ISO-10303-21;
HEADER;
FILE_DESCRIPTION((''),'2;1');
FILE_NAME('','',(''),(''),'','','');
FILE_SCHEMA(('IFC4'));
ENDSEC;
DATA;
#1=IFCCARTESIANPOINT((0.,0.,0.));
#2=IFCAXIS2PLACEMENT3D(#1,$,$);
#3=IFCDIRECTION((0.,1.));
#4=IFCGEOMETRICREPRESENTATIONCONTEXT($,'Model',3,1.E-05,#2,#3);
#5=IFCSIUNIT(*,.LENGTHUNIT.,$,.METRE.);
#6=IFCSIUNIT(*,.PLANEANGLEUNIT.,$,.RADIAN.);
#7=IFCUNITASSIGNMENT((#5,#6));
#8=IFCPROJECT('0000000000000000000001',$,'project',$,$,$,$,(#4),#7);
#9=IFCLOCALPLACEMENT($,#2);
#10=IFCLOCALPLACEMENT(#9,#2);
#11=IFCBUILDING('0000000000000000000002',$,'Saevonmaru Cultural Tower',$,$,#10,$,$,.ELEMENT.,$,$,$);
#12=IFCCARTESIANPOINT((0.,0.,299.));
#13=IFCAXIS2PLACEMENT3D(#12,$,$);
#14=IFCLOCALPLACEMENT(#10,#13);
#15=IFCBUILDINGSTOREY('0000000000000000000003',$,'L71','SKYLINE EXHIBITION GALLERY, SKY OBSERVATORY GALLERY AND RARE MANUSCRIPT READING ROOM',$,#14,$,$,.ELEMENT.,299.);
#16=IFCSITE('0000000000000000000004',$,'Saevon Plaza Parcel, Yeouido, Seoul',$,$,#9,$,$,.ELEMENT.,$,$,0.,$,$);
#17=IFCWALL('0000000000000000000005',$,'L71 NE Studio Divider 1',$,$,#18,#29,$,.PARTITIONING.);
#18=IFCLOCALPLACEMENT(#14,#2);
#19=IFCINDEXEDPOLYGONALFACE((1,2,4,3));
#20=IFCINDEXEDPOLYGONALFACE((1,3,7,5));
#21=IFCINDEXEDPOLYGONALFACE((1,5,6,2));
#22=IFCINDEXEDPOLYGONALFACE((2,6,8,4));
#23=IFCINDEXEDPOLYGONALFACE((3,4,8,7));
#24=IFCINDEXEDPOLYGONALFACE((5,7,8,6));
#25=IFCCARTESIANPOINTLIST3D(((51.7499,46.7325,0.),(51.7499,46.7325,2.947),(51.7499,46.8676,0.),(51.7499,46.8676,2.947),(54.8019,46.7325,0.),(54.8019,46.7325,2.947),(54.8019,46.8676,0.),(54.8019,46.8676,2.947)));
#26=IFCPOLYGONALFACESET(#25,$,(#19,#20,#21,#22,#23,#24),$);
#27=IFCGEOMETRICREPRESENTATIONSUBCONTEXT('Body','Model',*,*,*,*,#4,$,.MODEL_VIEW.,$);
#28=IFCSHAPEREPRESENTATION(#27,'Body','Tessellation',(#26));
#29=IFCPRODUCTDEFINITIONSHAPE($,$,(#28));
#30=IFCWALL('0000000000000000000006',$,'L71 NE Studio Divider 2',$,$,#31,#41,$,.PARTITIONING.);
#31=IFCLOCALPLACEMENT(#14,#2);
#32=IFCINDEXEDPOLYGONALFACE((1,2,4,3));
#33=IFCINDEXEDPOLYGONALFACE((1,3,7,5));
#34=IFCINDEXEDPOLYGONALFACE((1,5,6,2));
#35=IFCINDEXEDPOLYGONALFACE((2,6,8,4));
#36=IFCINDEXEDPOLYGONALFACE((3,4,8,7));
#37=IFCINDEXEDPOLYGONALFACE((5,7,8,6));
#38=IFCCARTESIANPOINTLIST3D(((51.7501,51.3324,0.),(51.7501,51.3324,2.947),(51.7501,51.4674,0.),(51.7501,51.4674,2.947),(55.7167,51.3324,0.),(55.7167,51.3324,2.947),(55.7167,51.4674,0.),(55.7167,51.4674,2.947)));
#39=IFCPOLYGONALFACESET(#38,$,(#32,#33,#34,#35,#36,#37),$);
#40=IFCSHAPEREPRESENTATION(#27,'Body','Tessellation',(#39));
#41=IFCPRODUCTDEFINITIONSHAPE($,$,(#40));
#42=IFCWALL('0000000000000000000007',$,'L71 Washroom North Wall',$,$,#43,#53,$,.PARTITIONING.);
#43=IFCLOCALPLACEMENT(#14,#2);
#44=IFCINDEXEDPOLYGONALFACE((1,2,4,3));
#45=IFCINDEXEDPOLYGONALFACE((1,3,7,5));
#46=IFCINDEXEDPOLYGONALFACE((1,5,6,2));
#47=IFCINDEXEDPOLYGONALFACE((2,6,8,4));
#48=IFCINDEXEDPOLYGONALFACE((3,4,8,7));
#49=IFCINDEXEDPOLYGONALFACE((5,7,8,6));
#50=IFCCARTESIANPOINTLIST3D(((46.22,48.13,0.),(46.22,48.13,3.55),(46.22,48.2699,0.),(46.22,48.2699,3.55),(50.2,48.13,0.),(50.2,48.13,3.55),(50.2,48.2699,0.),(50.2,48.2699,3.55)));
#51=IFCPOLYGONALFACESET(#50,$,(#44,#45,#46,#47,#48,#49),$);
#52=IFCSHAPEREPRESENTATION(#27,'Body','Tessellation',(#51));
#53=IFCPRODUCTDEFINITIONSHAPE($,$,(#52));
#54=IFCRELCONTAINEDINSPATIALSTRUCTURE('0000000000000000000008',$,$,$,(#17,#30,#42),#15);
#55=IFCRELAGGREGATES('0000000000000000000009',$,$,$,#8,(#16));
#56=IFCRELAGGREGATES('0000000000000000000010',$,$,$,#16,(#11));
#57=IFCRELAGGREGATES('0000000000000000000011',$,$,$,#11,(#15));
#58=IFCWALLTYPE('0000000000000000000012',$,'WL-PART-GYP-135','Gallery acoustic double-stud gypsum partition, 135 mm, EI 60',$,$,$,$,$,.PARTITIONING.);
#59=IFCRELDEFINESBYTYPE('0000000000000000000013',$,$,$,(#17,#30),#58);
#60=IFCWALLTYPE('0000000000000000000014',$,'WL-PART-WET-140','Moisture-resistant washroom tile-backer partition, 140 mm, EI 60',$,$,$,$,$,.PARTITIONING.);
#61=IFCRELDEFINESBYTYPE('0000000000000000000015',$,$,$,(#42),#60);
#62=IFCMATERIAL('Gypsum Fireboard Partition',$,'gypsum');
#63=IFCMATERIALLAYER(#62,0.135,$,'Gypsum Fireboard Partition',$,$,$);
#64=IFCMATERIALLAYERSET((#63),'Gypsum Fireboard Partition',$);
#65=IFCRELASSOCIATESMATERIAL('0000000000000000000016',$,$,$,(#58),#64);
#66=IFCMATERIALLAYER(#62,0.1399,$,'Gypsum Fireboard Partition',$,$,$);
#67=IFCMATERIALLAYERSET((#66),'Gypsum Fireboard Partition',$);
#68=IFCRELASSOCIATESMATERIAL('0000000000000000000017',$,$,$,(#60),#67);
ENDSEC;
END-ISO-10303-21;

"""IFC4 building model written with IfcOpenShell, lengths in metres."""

from ifc_helpers import new_model, si_unit, direction, frame, frame_2d, origin, place, context, subcontext, project, spatial, rectangle, extrude, material, layer, layer_set, type_object, element, save


model = new_model("IFC4")

# Units and contexts
model_context = context("Model", 3, precision=1e-05, world=origin(), true_north=direction((0.0, 1.0)))
body_context = subcontext(model_context, "Body", "Model", "MODEL_VIEW")
ifc_project = project(units=[si_unit("LENGTHUNIT", "METRE"), si_unit("PLANEANGLEUNIT", "RADIAN")], contexts=[model_context])

# Site, building, storey
site_placement = place(None, origin())
site = spatial("IfcSite", under=ifc_project, at=site_placement, Name="Saevon Plaza Parcel, Yeouido, Seoul", CompositionType="ELEMENT", RefElevation=0.0)
building_placement = place(site_placement, origin())
building = spatial("IfcBuilding", under=site, at=building_placement, Name="Saevonmaru Cultural Tower", CompositionType="ELEMENT")
storey_placement = place(building_placement, frame((0.0, 0.0, 299.0)))
storey = spatial("IfcBuildingStorey", under=building, at=storey_placement, Name="L71", Description="SKYLINE EXHIBITION GALLERY, SKY OBSERVATORY GALLERY AND RARE MANUSCRIPT READING ROOM", CompositionType="ELEMENT", Elevation=299.0)

# Shared definitions
ifc_material_1 = material(Name="Gypsum Fireboard Partition", Category="gypsum")

# Walls
ifc_layer_1 = layer(ifc_material_1, 0.135, Name="Gypsum Fireboard Partition")
ifc_layer_set_1 = layer_set([ifc_layer_1], Name="Gypsum Fireboard Partition")
wall_type_1 = type_object("IfcWallType", Name="WL-PART-GYP-135", Description="Gallery acoustic double-stud gypsum partition, 135 mm, EI 60", PredefinedType="PARTITIONING", material=ifc_layer_set_1)
wall_1_placement = place(storey_placement, frame((51.75, 46.8, 0.0), z_axis=(0.0, 0.0, 1.0), x_axis=(1.0, 0.0, 0.0)))
element("IfcWall", 1, at=wall_1_placement, inside=storey, type_object=wall_type_1, Name="L71 NE Studio Divider 1", PredefinedType="PARTITIONING", context=body_context, shape_type="SweptSolid", body=[
    extrude(rectangle(XDim=3.052, YDim=0.135, at=frame_2d((1.5259, 0.0))), origin(), (0.0, 0.0, 1.0), 2.947),
])
wall_2_placement = place(storey_placement, frame((51.75, 51.3999, 0.0), z_axis=(0.0, 0.0, 1.0), x_axis=(1.0, 0.0, 0.0)))
element("IfcWall", 2, at=wall_2_placement, inside=storey, type_object=wall_type_1, Name="L71 NE Studio Divider 2", PredefinedType="PARTITIONING", context=body_context, shape_type="SweptSolid", body=[
    extrude(rectangle(XDim=3.9666, YDim=0.135, at=frame_2d((1.9834, 0.0))), origin(), (0.0, 0.0, 1.0), 2.947),
])
ifc_layer_2 = layer(ifc_material_1, 0.1399, Name="Gypsum Fireboard Partition")
ifc_layer_set_2 = layer_set([ifc_layer_2], Name="Gypsum Fireboard Partition")
wall_type_2 = type_object("IfcWallType", Name="WL-PART-WET-140", Description="Moisture-resistant washroom tile-backer partition, 140 mm, EI 60", PredefinedType="PARTITIONING", material=ifc_layer_set_2)
wall_3_placement = place(storey_placement, frame((46.22, 48.2, 0.0), z_axis=(0.0, 0.0, 1.0), x_axis=(1.0, 0.0, 0.0)))
element("IfcWall", 3, at=wall_3_placement, inside=storey, type_object=wall_type_2, Name="L71 Washroom North Wall", PredefinedType="PARTITIONING", context=body_context, shape_type="SweptSolid", body=[
    extrude(rectangle(XDim=3.98, YDim=0.1399, at=frame_2d((1.99, 0.0))), origin(), (0.0, 0.0, 1.0), 3.55),
])

save(model, "model.ifc")
